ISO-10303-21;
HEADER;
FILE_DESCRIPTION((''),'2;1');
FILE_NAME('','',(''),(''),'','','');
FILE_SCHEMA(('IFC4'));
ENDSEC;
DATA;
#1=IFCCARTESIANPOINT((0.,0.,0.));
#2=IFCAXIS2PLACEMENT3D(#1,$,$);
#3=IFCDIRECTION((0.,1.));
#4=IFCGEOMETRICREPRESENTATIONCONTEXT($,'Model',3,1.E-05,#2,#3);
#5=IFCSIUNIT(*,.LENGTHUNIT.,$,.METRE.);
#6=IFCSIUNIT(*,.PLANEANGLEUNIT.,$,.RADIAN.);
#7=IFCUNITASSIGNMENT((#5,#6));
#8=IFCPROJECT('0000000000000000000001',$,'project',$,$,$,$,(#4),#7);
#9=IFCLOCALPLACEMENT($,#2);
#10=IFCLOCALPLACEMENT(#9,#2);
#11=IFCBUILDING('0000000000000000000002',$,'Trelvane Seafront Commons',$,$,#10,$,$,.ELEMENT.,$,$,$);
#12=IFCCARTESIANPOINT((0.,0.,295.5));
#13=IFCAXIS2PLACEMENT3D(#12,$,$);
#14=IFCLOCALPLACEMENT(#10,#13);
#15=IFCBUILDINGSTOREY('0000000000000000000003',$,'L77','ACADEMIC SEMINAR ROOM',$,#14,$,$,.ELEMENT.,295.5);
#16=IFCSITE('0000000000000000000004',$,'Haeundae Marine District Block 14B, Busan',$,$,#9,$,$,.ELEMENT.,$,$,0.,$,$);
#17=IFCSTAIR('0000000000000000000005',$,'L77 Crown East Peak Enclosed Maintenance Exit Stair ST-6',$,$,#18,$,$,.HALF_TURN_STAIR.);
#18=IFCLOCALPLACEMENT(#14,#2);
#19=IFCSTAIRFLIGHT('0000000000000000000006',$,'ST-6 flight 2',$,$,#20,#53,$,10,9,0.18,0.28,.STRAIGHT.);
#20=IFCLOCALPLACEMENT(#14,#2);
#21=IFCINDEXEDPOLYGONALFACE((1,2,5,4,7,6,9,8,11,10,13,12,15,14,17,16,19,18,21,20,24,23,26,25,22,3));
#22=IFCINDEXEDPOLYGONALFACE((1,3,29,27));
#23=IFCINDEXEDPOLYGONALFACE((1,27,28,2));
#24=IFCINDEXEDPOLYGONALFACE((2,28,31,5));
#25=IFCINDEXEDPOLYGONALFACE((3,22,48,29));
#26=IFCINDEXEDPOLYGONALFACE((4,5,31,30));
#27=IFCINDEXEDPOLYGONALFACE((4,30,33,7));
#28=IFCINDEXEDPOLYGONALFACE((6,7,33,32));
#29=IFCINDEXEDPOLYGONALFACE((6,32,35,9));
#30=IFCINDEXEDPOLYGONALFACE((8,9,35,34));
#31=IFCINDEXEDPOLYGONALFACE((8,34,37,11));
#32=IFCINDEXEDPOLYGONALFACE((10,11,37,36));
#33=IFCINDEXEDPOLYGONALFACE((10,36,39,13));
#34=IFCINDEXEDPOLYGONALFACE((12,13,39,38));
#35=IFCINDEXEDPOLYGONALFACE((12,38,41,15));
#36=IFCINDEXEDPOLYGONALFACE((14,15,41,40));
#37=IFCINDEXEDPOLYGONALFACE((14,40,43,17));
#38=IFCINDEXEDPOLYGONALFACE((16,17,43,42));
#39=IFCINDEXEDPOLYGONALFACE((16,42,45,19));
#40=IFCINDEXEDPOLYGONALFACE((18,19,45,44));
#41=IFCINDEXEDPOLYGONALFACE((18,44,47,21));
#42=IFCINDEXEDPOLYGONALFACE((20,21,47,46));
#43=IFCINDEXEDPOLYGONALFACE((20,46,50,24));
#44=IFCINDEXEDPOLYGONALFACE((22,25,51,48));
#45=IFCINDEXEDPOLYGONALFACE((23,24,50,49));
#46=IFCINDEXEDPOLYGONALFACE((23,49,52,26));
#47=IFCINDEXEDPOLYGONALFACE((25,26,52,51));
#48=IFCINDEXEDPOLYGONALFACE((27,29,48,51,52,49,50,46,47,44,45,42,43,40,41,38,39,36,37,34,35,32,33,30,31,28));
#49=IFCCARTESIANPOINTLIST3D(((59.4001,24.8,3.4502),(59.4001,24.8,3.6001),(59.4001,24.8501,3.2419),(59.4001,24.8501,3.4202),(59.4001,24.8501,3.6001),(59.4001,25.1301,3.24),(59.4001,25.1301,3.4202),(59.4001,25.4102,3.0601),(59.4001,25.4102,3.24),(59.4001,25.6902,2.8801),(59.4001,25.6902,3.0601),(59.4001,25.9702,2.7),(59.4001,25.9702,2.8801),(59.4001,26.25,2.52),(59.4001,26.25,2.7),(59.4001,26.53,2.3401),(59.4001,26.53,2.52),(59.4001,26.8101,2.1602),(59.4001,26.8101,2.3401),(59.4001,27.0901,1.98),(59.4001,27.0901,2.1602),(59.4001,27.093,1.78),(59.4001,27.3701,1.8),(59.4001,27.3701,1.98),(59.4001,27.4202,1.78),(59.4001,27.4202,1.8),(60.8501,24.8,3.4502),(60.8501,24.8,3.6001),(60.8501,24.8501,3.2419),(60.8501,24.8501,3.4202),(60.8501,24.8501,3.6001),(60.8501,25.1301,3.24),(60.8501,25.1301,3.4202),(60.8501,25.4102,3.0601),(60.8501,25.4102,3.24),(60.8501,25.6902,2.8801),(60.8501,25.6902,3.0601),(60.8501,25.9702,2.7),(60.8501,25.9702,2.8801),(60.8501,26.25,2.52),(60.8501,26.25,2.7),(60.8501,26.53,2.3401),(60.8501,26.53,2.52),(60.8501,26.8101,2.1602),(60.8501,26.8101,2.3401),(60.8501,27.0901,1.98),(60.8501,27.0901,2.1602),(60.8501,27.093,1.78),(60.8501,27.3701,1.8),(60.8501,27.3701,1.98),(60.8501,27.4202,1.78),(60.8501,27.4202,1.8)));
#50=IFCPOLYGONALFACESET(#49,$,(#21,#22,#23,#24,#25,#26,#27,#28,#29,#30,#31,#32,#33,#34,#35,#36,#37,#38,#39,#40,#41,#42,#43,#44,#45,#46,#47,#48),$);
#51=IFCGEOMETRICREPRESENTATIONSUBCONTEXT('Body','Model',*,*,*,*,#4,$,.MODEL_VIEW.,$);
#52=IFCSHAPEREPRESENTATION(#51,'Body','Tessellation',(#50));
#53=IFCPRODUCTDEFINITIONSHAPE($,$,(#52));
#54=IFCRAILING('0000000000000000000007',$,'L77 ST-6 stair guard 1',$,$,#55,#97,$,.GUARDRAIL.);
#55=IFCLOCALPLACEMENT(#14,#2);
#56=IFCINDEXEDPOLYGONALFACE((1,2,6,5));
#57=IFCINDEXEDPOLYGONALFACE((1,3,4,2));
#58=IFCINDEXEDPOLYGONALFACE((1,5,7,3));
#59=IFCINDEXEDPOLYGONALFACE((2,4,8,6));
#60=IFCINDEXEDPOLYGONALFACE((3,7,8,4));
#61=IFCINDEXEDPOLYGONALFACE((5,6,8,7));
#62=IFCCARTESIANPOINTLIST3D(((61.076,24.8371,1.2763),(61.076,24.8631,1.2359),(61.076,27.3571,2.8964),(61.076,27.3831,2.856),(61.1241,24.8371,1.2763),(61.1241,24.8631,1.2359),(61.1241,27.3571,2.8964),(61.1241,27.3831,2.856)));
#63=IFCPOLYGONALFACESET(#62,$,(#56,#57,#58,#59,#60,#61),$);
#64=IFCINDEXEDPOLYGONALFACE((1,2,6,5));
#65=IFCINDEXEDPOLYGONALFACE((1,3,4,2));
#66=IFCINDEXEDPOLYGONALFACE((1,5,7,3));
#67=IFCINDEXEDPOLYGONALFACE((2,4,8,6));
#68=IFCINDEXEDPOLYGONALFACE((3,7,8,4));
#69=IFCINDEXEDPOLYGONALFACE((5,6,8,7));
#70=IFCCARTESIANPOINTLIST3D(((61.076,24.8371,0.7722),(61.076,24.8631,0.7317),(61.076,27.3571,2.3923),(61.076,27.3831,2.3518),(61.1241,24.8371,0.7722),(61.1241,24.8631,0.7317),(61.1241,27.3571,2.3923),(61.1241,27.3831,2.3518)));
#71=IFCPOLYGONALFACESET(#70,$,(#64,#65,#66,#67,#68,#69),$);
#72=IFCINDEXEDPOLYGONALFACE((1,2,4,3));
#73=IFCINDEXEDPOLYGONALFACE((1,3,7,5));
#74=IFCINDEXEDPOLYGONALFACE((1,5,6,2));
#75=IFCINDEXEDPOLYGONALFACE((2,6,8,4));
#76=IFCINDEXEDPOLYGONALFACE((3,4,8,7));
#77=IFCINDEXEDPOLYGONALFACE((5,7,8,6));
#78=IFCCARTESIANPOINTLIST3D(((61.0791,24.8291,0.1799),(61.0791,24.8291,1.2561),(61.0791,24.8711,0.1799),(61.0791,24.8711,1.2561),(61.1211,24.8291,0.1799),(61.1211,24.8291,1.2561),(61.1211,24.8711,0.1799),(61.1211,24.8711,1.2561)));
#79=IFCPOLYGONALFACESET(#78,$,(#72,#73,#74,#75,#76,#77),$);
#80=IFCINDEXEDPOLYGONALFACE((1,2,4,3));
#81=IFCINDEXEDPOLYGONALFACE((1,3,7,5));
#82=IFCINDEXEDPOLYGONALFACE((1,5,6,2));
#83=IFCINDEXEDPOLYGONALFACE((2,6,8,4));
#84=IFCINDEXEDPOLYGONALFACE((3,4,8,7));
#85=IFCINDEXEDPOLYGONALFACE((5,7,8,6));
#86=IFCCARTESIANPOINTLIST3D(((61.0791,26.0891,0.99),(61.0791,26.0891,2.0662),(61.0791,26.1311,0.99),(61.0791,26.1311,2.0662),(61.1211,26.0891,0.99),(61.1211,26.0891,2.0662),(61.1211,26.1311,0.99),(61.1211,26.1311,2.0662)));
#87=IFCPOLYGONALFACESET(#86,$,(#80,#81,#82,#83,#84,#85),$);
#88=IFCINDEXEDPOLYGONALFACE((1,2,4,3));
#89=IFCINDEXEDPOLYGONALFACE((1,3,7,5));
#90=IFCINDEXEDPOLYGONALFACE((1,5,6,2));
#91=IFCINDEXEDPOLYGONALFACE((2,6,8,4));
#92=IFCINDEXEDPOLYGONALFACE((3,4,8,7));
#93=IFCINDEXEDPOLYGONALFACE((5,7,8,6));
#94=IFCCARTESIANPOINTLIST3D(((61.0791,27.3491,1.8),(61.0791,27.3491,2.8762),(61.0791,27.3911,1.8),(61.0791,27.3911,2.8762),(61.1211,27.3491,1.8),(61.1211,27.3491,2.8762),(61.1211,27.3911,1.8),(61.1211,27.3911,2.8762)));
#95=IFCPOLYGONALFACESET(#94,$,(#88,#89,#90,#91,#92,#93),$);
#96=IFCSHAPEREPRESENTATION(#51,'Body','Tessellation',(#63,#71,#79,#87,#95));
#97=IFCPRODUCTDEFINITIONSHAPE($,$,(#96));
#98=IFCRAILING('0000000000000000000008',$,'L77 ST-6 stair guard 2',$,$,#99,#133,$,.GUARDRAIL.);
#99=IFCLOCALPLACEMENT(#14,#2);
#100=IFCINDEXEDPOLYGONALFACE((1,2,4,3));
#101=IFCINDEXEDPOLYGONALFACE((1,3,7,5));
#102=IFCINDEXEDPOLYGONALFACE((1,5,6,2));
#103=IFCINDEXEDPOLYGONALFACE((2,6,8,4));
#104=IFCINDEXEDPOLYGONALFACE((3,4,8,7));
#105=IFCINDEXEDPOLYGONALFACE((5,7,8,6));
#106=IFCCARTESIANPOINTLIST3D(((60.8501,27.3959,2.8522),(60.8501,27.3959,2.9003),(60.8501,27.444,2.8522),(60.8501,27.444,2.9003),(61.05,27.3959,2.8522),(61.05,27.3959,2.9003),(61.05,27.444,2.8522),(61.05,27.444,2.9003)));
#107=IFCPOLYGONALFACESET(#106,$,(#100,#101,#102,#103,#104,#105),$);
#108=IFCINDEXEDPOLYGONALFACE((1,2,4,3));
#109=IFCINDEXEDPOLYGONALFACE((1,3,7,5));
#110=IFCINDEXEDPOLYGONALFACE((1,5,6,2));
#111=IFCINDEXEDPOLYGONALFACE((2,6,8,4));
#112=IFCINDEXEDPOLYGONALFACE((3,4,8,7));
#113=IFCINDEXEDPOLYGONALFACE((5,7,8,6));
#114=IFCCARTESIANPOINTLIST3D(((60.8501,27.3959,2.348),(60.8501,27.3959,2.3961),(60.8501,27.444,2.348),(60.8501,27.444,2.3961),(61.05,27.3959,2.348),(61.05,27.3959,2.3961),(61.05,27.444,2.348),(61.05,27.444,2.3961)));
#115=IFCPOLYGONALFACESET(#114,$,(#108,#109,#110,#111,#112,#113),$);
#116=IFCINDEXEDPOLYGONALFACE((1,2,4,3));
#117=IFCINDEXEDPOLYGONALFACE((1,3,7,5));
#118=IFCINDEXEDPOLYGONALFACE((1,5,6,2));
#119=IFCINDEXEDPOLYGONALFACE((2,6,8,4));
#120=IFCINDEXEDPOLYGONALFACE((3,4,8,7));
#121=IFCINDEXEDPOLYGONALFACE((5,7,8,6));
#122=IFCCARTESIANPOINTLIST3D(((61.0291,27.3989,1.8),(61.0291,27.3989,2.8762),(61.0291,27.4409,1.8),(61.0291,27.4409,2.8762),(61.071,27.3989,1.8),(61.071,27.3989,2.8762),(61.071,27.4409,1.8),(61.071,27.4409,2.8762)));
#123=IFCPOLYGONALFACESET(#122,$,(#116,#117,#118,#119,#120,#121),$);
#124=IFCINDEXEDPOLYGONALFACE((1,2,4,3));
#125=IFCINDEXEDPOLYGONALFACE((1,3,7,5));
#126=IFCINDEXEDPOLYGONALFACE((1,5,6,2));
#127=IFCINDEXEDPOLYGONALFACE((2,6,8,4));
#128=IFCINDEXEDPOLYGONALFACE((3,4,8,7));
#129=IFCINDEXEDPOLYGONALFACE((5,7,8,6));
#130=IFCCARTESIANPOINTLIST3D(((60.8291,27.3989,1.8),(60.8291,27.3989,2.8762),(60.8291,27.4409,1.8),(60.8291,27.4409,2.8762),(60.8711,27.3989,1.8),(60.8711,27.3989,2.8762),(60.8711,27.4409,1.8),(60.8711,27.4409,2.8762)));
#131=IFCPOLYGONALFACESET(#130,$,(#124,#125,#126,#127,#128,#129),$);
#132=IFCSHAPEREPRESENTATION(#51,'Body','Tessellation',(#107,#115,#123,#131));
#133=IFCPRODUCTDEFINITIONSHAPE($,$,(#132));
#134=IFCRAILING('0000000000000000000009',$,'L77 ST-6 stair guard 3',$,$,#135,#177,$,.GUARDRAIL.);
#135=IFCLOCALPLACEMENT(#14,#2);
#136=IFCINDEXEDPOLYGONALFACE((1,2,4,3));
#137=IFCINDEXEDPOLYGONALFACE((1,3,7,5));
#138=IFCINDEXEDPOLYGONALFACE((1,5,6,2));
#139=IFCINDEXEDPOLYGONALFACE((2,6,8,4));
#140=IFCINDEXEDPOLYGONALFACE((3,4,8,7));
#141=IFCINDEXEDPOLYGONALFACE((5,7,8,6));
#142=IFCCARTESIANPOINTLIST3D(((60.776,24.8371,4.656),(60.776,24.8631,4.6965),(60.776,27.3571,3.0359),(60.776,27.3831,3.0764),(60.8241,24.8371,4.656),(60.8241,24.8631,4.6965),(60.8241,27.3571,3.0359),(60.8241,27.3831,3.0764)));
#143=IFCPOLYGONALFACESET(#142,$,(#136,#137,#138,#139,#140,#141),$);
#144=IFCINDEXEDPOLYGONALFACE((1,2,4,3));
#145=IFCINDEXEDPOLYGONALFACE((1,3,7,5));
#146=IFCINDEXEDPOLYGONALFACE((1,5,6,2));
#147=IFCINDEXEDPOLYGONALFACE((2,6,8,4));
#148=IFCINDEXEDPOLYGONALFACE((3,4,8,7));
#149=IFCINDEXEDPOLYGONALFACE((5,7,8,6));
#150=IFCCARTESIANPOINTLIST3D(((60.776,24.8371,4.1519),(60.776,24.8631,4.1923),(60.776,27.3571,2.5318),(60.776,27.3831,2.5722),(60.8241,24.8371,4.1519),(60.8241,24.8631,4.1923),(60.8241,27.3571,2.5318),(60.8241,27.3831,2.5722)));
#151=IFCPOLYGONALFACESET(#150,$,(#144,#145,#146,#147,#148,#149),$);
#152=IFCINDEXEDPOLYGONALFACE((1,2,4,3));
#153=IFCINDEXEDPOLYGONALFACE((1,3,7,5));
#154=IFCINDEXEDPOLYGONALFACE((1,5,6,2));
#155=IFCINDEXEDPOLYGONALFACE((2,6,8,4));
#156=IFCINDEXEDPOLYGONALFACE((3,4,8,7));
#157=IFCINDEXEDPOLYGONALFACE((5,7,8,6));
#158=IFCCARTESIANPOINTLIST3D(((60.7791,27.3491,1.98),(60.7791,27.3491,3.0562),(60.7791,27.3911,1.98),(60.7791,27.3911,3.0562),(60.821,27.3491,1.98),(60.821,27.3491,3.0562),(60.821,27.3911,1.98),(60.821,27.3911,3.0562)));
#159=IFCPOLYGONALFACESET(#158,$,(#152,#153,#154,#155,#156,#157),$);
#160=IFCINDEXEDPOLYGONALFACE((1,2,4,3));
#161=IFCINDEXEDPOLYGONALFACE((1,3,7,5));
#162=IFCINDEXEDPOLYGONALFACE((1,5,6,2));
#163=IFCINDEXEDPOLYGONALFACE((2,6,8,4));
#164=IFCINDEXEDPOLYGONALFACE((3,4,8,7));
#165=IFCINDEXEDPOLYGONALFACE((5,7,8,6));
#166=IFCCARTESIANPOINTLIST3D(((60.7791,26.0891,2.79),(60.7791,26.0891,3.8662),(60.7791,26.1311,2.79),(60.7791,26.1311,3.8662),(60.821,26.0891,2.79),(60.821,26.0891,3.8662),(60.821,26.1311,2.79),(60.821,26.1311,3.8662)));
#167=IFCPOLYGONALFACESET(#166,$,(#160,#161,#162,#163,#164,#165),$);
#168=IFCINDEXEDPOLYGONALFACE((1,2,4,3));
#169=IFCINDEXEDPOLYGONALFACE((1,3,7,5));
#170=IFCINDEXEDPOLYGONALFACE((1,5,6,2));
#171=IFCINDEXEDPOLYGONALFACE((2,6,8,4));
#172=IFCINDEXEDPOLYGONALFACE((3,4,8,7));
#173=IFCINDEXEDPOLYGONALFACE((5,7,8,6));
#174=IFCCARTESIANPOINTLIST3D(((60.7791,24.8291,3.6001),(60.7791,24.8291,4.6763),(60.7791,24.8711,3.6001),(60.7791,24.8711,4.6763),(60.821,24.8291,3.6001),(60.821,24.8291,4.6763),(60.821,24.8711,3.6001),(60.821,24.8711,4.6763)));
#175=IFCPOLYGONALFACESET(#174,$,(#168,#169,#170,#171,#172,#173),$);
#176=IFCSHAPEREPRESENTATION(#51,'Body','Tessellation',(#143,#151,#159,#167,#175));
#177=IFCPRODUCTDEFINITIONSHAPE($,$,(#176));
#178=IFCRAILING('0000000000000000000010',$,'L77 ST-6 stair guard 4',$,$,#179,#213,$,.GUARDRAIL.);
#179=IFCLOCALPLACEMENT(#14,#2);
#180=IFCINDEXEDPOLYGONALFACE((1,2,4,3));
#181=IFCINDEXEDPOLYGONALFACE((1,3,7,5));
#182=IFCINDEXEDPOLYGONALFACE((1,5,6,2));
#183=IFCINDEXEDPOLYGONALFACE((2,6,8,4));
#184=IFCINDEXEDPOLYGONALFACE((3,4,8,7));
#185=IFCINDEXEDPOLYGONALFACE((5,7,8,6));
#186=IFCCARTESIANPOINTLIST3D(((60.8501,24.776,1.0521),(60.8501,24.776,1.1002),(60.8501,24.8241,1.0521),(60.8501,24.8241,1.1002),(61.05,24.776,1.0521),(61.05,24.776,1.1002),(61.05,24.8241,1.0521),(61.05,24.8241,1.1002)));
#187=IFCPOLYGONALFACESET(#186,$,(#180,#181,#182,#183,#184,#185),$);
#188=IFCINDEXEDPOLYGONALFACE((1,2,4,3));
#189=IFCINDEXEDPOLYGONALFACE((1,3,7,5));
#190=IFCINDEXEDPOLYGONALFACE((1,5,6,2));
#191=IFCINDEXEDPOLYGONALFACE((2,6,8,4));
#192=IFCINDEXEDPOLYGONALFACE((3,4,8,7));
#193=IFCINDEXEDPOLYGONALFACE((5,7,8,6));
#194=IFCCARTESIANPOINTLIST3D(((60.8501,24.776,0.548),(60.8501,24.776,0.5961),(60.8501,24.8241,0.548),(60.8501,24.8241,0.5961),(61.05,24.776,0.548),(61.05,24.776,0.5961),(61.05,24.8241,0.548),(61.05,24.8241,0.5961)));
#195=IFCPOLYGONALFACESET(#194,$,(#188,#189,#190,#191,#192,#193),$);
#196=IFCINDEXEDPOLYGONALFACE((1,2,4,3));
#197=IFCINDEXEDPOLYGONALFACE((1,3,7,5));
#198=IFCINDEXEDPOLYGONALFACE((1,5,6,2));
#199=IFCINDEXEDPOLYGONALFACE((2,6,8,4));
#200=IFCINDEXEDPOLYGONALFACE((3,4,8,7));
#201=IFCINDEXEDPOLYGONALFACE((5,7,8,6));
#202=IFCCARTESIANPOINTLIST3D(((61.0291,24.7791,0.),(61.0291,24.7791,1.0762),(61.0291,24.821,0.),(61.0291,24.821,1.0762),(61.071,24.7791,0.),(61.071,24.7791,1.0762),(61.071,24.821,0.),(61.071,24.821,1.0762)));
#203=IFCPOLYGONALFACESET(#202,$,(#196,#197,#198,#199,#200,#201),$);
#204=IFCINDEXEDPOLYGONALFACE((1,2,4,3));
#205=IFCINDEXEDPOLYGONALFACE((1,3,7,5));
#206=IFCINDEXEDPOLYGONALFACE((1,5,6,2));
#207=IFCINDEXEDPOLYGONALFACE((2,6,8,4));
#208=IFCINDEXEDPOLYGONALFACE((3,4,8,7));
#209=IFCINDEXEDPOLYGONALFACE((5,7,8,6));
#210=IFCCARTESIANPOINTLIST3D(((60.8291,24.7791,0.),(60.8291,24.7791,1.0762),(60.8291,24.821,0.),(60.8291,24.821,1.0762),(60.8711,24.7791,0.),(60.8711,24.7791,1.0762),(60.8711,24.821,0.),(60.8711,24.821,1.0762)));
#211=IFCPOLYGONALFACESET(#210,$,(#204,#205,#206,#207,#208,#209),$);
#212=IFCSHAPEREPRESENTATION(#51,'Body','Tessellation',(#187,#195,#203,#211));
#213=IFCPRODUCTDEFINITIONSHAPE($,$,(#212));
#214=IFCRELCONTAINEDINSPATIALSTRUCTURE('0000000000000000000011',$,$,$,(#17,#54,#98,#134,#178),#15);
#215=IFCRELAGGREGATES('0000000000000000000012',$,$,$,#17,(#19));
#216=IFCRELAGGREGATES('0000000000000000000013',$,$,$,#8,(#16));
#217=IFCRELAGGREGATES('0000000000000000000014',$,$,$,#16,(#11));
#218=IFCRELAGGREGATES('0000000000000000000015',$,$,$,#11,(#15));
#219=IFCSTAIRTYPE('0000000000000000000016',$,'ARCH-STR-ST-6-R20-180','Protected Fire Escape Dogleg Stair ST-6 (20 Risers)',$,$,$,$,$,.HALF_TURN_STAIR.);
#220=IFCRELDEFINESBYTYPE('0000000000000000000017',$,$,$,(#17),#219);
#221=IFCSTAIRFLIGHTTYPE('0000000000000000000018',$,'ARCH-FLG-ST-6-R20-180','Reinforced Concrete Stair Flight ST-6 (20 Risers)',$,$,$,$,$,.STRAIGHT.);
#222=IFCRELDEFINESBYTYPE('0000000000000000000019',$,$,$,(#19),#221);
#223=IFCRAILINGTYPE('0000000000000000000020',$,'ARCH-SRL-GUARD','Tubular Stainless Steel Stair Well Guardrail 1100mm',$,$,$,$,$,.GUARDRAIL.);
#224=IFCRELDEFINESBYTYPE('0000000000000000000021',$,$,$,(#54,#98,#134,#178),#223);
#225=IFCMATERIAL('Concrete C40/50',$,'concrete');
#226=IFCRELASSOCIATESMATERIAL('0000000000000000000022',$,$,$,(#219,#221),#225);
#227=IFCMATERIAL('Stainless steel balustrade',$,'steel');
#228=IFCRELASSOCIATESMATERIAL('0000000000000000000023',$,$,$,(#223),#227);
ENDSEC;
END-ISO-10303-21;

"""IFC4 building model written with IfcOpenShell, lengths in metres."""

from ifc_helpers import new_model, si_unit, direction, frame, origin, origin_2d, place, context, subcontext, project, spatial, polyline, rectangle, outline, extrude, source, transform, mapped, material, type_object, element, aggregate, save


model = new_model("IFC4")

# Units and contexts
model_context = context("Model", 3, precision=1e-05, world=origin(), true_north=direction((0.0, 1.0)))
body_context = subcontext(model_context, "Body", "Model", "MODEL_VIEW")
ifc_project = project(units=[si_unit("LENGTHUNIT", "METRE"), si_unit("PLANEANGLEUNIT", "RADIAN")], contexts=[model_context])

# Site, building, storey
site_placement = place(None, origin())
site = spatial("IfcSite", under=ifc_project, at=site_placement, Name="Haeundae Marine District Block 14B, Busan", CompositionType="ELEMENT", RefElevation=0.0)
building_placement = place(site_placement, origin())
building = spatial("IfcBuilding", under=site, at=building_placement, Name="Trelvane Seafront Commons", CompositionType="ELEMENT")
storey_placement = place(building_placement, frame((0.0, 0.0, 295.5)))
storey = spatial("IfcBuildingStorey", under=building, at=storey_placement, Name="L77", Description="ACADEMIC SEMINAR ROOM", CompositionType="ELEMENT", Elevation=295.5)

# Stair, stair flight
ifc_material_1 = material(Name="Concrete C40/50", Category="concrete")
stair_type = type_object("IfcStairType", Name="ARCH-STR-ST-6-R20-180", Description="Protected Fire Escape Dogleg Stair ST-6 (20 Risers)", PredefinedType="HALF_TURN_STAIR", material=ifc_material_1)
stair_placement = place(storey_placement, origin())
stair = element("IfcStair", 1, at=stair_placement, inside=storey, type_object=stair_type, Name="L77 Crown East Peak Enclosed Maintenance Exit Stair ST-6", PredefinedType="HALF_TURN_STAIR")
stair_flight_type = type_object("IfcStairFlightType", Name="ARCH-FLG-ST-6-R20-180", Description="Reinforced Concrete Stair Flight ST-6 (20 Risers)", PredefinedType="STRAIGHT", material=ifc_material_1)
shared_shape_1 = source(origin(), body_context, "Body", "SweptSolid", [
    extrude(outline(polyline([(-0.05, -0.02), (-0.05, 0.0), (0.0, 0.0), (0.0, 0.1799), (0.28, 0.1799), (0.28, 0.3601), (0.5601, 0.3601), (0.5601, 0.54), (0.8401, 0.54), (0.8401, 0.72), (1.1201, 0.72), (1.1201, 0.8999), (1.3999, 0.8999), (1.3999, 1.0801), (1.6799, 1.0801), (1.6799, 1.26), (1.96, 1.26), (1.96, 1.4399), (2.24, 1.4399), (2.24, 1.6201), (2.52, 1.6201), (2.52, 1.8), (2.5701, 1.8), (2.5701, 1.6501), (2.52, 1.4419), (0.2771, -0.02), (-0.05, -0.02)])), frame((0.0, 0.7251, 0.0), z_axis=(0.0, -1.0, 0.0), x_axis=(1.0, 0.0, 0.0)), (0.0, 0.0, 1.0), 1.45),
])
stair_flight_1_placement = place(storey_placement, frame((60.125, 27.3701, 1.8), z_axis=(0.0, 0.0, 1.0), x_axis=(0.0, -1.0, 0.0)))
stair_flight_1 = element("IfcStairFlight", 2, at=stair_flight_1_placement, type_object=stair_flight_type, Name="ST-6 flight 2", NumberOfRisers=10, NumberOfTreads=9, PredefinedType="STRAIGHT", RiserHeight=0.18, TreadLength=0.28, context=body_context, shape_type="MappedRepresentation", body=[
    mapped(shared_shape_1, transform((0.0, 0.0, 0.0), x_axis=(1.0, 0.0, 0.0), y_axis=(0.0, 1.0, 0.0), z_axis=(0.0, 0.0, 1.0), scale=1.0)),
])
aggregate(stair, [stair_flight_1])

# Railings
ifc_material_2 = material(Name="Stainless steel balustrade", Category="steel")
railing_type_1 = type_object("IfcRailingType", Name="ARCH-SRL-GUARD", Description="Tubular Stainless Steel Stair Well Guardrail 1100mm", PredefinedType="GUARDRAIL", material=ifc_material_2)
railing_1_placement = place(storey_placement, frame((61.1001, 24.8501, 0.1799)))
element("IfcRailing", 3, at=railing_1_placement, inside=storey, type_object=railing_type_1, Name="L77 ST-6 stair guard 1", PredefinedType="GUARDRAIL", context=body_context, shape_type="SweptSolid", body=[
    extrude(rectangle(XDim=0.0481, YDim=0.0481, at=origin_2d()), frame((0.0, 0.0, 1.0762), z_axis=(0.0, 0.841163, 0.540782), x_axis=(-1.0, 0.0, 0.0)), (0.0, 0.0, 1.0), 2.9958),
    extrude(rectangle(XDim=0.0481, YDim=0.0481, at=origin_2d()), frame((0.0, 0.0, 0.572), z_axis=(0.0, 0.841163, 0.540782), x_axis=(-1.0, 0.0, 0.0)), (0.0, 0.0, 1.0), 2.9958),
    extrude(rectangle(XDim=0.042, YDim=0.042, at=origin_2d()), origin(), (0.0, 0.0, 1.0), 1.0762),
    extrude(rectangle(XDim=0.042, YDim=0.042, at=origin_2d()), frame((0.0, 1.26, 0.8101)), (0.0, 0.0, 1.0), 1.0762),
    extrude(rectangle(XDim=0.042, YDim=0.042, at=origin_2d()), frame((0.0, 2.52, 1.6201)), (0.0, 0.0, 1.0), 1.0762),
])
railing_2_placement = place(storey_placement, frame((61.05, 27.4199, 1.8)))
element("IfcRailing", 4, at=railing_2_placement, inside=storey, type_object=railing_type_1, Name="L77 ST-6 stair guard 2", PredefinedType="GUARDRAIL", context=body_context, shape_type="SweptSolid", body=[
    extrude(rectangle(XDim=0.0481, YDim=0.0481, at=origin_2d()), frame((0.0, 0.0, 1.0762), z_axis=(-1.0, 0.0, 0.0), x_axis=(0.0, -1.0, 0.0)), (0.0, 0.0, 1.0), 0.2),
    extrude(rectangle(XDim=0.0481, YDim=0.0481, at=origin_2d()), frame((0.0, 0.0, 0.572), z_axis=(-1.0, 0.0, 0.0), x_axis=(0.0, -1.0, 0.0)), (0.0, 0.0, 1.0), 0.2),
    extrude(rectangle(XDim=0.042, YDim=0.042, at=origin_2d()), origin(), (0.0, 0.0, 1.0), 1.0762),
    extrude(rectangle(XDim=0.042, YDim=0.042, at=origin_2d()), frame((-0.2, 0.0, 0.0)), (0.0, 0.0, 1.0), 1.0762),
])
railing_3_placement = place(storey_placement, frame((60.8, 27.3701, 1.98)))
element("IfcRailing", 5, at=railing_3_placement, inside=storey, type_object=railing_type_1, Name="L77 ST-6 stair guard 3", PredefinedType="GUARDRAIL", context=body_context, shape_type="SweptSolid", body=[
    extrude(rectangle(XDim=0.0481, YDim=0.0481, at=origin_2d()), frame((0.0, 0.0, 1.0762), z_axis=(0.0, -0.841163, 0.540782), x_axis=(1.0, 0.0, 0.0)), (0.0, 0.0, 1.0), 2.9958),
    extrude(rectangle(XDim=0.0481, YDim=0.0481, at=origin_2d()), frame((0.0, 0.0, 0.572), z_axis=(0.0, -0.841163, 0.540782), x_axis=(1.0, 0.0, 0.0)), (0.0, 0.0, 1.0), 2.9958),
    extrude(rectangle(XDim=0.042, YDim=0.042, at=origin_2d()), origin(), (0.0, 0.0, 1.0), 1.0762),
    extrude(rectangle(XDim=0.042, YDim=0.042, at=origin_2d()), frame((0.0, -1.26, 0.8101)), (0.0, 0.0, 1.0), 1.0762),
    extrude(rectangle(XDim=0.042, YDim=0.042, at=origin_2d()), frame((0.0, -2.52, 1.6201)), (0.0, 0.0, 1.0), 1.0762),
])
railing_4_placement = place(storey_placement, frame((61.05, 24.8, 0.0)))
element("IfcRailing", 6, at=railing_4_placement, inside=storey, type_object=railing_type_1, Name="L77 ST-6 stair guard 4", PredefinedType="GUARDRAIL", context=body_context, shape_type="SweptSolid", body=[
    extrude(rectangle(XDim=0.0481, YDim=0.0481, at=origin_2d()), frame((0.0, 0.0, 1.0762), z_axis=(-1.0, 0.0, 0.0), x_axis=(0.0, -1.0, 0.0)), (0.0, 0.0, 1.0), 0.2),
    extrude(rectangle(XDim=0.0481, YDim=0.0481, at=origin_2d()), frame((0.0, 0.0, 0.572), z_axis=(-1.0, 0.0, 0.0), x_axis=(0.0, -1.0, 0.0)), (0.0, 0.0, 1.0), 0.2),
    extrude(rectangle(XDim=0.042, YDim=0.042, at=origin_2d()), origin(), (0.0, 0.0, 1.0), 1.0762),
    extrude(rectangle(XDim=0.042, YDim=0.042, at=origin_2d()), frame((-0.2, 0.0, 0.0)), (0.0, 0.0, 1.0), 1.0762),
])

save(model, "model.ifc")
